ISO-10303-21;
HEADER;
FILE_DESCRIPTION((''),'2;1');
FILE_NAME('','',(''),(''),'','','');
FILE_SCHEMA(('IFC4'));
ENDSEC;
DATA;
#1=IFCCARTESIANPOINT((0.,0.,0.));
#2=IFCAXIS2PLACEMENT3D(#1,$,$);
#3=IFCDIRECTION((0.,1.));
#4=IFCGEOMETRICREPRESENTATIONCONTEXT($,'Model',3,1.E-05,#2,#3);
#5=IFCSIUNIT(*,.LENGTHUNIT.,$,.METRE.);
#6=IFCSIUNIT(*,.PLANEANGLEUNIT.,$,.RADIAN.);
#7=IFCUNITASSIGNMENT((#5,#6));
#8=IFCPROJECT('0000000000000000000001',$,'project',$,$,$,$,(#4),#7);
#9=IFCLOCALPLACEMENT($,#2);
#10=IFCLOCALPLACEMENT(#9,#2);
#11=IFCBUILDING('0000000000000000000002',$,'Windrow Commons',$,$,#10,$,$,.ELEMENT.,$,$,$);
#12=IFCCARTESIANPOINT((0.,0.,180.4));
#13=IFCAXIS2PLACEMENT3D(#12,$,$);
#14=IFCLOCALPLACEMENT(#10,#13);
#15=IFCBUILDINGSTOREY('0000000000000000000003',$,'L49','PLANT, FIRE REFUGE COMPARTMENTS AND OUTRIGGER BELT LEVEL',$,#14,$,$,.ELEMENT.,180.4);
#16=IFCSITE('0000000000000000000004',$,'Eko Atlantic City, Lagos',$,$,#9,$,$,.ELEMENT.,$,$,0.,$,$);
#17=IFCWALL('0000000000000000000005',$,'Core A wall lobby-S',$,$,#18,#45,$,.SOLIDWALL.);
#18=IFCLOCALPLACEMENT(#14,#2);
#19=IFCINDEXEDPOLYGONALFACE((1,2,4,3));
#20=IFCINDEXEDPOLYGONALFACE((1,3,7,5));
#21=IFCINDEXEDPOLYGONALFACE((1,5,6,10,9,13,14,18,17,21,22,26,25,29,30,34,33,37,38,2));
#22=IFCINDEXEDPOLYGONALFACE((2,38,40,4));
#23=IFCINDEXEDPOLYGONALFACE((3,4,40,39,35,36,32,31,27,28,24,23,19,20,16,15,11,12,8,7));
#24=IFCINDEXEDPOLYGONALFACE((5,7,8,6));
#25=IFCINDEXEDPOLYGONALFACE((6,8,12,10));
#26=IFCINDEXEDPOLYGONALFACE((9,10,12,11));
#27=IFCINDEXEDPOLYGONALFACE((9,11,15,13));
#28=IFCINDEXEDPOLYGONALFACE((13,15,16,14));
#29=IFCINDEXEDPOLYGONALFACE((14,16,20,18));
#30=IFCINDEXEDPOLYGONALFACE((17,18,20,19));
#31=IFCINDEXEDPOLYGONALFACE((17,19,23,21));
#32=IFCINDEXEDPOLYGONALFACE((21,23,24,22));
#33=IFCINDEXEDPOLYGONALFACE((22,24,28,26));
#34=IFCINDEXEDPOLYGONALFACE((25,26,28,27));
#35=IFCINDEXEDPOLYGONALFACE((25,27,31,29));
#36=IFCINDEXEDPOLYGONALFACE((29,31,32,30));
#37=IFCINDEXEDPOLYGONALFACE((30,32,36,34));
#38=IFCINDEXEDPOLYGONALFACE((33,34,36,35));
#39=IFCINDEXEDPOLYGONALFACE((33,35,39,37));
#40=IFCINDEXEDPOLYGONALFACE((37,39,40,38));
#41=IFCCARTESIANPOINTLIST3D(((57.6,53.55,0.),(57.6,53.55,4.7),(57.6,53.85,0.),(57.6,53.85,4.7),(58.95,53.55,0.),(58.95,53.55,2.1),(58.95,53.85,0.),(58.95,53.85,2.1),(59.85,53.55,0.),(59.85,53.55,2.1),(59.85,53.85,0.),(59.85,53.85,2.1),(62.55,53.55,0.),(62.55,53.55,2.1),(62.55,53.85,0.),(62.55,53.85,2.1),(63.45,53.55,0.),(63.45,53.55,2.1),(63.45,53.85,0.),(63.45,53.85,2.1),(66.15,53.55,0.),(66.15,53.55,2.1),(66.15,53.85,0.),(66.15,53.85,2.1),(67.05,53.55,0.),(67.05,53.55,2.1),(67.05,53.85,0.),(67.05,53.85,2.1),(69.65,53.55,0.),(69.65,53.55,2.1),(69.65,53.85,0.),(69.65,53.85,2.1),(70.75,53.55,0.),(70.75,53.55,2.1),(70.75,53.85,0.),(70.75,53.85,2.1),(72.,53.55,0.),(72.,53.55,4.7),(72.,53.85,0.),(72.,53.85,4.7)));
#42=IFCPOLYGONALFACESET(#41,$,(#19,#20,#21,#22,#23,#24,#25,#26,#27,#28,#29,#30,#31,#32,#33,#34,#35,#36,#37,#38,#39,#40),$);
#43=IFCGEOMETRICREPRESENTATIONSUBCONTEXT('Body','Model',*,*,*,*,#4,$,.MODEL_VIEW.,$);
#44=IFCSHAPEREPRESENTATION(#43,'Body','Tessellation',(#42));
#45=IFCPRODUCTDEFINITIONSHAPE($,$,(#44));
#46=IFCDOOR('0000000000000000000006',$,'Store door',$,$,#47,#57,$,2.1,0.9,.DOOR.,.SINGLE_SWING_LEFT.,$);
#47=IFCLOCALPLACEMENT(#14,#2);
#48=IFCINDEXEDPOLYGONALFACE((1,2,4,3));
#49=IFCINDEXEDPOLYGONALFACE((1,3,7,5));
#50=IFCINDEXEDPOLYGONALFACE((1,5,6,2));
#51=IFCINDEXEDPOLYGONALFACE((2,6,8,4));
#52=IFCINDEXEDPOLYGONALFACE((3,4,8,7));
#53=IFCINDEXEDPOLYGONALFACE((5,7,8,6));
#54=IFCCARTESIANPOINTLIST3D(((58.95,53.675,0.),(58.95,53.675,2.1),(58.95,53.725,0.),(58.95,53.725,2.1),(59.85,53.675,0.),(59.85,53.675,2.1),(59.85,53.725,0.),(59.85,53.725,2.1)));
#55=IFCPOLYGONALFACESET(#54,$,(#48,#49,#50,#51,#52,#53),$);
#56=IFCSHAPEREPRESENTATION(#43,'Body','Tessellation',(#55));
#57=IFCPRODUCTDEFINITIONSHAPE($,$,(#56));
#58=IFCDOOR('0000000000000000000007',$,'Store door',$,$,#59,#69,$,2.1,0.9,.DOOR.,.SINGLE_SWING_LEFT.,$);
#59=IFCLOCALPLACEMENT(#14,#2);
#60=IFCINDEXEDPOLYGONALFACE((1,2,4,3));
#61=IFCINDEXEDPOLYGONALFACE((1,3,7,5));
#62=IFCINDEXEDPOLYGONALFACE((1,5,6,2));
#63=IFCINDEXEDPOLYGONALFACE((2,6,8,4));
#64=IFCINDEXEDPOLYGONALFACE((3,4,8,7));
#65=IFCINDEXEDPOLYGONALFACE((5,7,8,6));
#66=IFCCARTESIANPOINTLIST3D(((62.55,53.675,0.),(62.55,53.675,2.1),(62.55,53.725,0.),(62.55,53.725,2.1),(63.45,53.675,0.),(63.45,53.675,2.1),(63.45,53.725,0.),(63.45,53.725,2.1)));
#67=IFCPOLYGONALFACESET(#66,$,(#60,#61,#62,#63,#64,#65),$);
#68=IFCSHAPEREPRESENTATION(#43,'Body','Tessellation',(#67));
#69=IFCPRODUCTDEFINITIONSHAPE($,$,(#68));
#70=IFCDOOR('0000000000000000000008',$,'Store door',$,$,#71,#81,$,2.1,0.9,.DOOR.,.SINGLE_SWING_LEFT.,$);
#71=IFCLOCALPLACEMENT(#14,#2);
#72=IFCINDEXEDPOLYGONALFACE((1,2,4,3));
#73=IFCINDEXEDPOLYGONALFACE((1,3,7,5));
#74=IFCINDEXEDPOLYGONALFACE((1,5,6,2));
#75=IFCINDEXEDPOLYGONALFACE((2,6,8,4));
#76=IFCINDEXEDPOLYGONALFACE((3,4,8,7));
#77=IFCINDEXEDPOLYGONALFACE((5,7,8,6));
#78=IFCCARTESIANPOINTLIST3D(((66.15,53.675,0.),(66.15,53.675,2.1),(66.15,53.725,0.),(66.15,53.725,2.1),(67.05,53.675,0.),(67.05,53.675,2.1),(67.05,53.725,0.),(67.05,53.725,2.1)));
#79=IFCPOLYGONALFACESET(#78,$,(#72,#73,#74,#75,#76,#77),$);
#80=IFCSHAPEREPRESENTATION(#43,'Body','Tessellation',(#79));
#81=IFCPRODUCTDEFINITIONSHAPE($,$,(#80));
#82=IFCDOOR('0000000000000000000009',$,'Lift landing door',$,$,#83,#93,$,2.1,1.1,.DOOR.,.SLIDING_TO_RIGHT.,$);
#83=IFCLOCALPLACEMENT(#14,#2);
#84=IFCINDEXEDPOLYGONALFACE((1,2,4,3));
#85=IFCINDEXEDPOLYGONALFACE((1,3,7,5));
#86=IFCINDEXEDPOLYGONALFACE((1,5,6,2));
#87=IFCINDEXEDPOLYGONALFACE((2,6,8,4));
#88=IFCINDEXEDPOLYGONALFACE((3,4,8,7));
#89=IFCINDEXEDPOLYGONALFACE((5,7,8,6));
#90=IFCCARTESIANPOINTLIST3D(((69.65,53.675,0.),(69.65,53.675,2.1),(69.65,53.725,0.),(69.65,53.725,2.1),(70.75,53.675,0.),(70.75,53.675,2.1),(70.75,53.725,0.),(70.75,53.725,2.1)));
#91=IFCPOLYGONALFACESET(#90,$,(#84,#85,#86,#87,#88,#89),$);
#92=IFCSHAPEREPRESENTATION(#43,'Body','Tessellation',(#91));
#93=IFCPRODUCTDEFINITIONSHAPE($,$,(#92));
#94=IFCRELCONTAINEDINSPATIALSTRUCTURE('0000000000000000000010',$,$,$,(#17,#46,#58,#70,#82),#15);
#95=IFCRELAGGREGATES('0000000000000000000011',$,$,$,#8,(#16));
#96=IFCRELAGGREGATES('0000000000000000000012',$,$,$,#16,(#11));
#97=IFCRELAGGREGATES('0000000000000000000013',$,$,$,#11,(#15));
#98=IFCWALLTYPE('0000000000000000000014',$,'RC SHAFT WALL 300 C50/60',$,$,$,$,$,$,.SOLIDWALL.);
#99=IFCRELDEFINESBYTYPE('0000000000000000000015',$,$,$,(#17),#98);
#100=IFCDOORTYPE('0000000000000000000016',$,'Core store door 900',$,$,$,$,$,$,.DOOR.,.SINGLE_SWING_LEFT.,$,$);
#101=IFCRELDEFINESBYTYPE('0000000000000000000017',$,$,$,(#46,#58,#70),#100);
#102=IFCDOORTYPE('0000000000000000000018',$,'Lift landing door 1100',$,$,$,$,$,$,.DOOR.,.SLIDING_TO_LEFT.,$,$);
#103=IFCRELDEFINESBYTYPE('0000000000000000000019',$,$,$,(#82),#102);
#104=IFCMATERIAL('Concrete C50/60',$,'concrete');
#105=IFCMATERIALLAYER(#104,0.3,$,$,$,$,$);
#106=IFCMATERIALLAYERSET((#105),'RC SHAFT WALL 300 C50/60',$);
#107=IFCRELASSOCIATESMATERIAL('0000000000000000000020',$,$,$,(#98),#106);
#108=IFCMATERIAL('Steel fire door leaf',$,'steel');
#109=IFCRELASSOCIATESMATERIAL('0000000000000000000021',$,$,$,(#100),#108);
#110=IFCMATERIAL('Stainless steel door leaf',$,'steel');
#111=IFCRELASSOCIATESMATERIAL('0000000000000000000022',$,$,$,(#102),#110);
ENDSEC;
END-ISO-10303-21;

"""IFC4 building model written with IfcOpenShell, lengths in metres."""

from ifc_helpers import new_model, si_unit, direction, frame, frame_2d, origin, place, context, subcontext, project, spatial, rectangle, extrude, material, layer, layer_set, type_object, element, fill, save


model = new_model("IFC4")

# Units and contexts
model_context = context("Model", 3, precision=1e-05, world=origin(), true_north=direction((0.0, 1.0)))
body_context = subcontext(model_context, "Body", "Model", "MODEL_VIEW")
ifc_project = project(units=[si_unit("LENGTHUNIT", "METRE"), si_unit("PLANEANGLEUNIT", "RADIAN")], contexts=[model_context])

# Site, building, storey
site_placement = place(None, origin())
site = spatial("IfcSite", under=ifc_project, at=site_placement, Name="Eko Atlantic City, Lagos", CompositionType="ELEMENT", RefElevation=0.0)
building_placement = place(site_placement, origin())
building = spatial("IfcBuilding", under=site, at=building_placement, Name="Windrow Commons", CompositionType="ELEMENT")
storey_placement = place(building_placement, frame((0.0, 0.0, 180.4)))
storey = spatial("IfcBuildingStorey", under=building, at=storey_placement, Name="L49", Description="PLANT, FIRE REFUGE COMPARTMENTS AND OUTRIGGER BELT LEVEL", CompositionType="ELEMENT", Elevation=180.4)

# Shared definitions
ifc_material_1 = material(Name="Concrete C50/60", Category="concrete")
ifc_layer_1 = layer(ifc_material_1, 0.3)
ifc_layer_set_1 = layer_set([ifc_layer_1], Name="RC SHAFT WALL 300 C50/60")
wall_type_1 = type_object("IfcWallType", Name="RC SHAFT WALL 300 C50/60", PredefinedType="SOLIDWALL", material=ifc_layer_set_1)

# Wall, openings, doors
wall_1_placement = place(storey_placement, frame((57.6, 53.7, 0.0), z_axis=(0.0, 0.0, 1.0), x_axis=(1.0, 0.0, 0.0)))
wall_1 = element("IfcWall", 1, at=wall_1_placement, inside=storey, type_object=wall_type_1, Name="Core A wall lobby-S", PredefinedType="SOLIDWALL", context=body_context, shape_type="SweptSolid", body=[
    extrude(rectangle(XDim=14.4, YDim=0.3, at=frame_2d((7.2, 0.0))), origin(), (0.0, 0.0, 1.0), 4.7),
])
opening_1_placement = place(wall_1_placement, frame((1.35, 0.0, 0.0)))
opening_1 = element("IfcOpeningElement", 2, at=opening_1_placement, cuts=wall_1, PredefinedType="OPENING", context=body_context, shape_type="SweptSolid", body=[
    extrude(rectangle(XDim=0.9, YDim=2.1, at=frame_2d((0.45, 1.05))), frame((0.0, 0.16, 0.0), z_axis=(0.0, -1.0, 0.0), x_axis=(1.0, 0.0, 0.0)), (0.0, 0.0, 1.0), 0.32),
])
opening_2_placement = place(wall_1_placement, frame((4.95, 0.0, 0.0)))
opening_2 = element("IfcOpeningElement", 3, at=opening_2_placement, cuts=wall_1, PredefinedType="OPENING", context=body_context, shape_type="SweptSolid", body=[
    extrude(rectangle(XDim=0.9, YDim=2.1, at=frame_2d((0.45, 1.05))), frame((0.0, 0.16, 0.0), z_axis=(0.0, -1.0, 0.0), x_axis=(1.0, 0.0, 0.0)), (0.0, 0.0, 1.0), 0.32),
])
opening_3_placement = place(wall_1_placement, frame((8.55, 0.0, 0.0)))
opening_3 = element("IfcOpeningElement", 4, at=opening_3_placement, cuts=wall_1, PredefinedType="OPENING", context=body_context, shape_type="SweptSolid", body=[
    extrude(rectangle(XDim=0.9, YDim=2.1, at=frame_2d((0.45, 1.05))), frame((0.0, 0.16, 0.0), z_axis=(0.0, -1.0, 0.0), x_axis=(1.0, 0.0, 0.0)), (0.0, 0.0, 1.0), 0.32),
])
opening_4_placement = place(wall_1_placement, frame((12.05, 0.0, 0.0)))
opening_4 = element("IfcOpeningElement", 5, at=opening_4_placement, cuts=wall_1, PredefinedType="OPENING", context=body_context, shape_type="SweptSolid", body=[
    extrude(rectangle(XDim=1.1, YDim=2.1, at=frame_2d((0.55, 1.05))), frame((0.0, 0.16, 0.0), z_axis=(0.0, -1.0, 0.0), x_axis=(1.0, 0.0, 0.0)), (0.0, 0.0, 1.0), 0.32),
])
ifc_material_2 = material(Name="Steel fire door leaf", Category="steel")
door_type_1 = type_object("IfcDoorType", Name="Core store door 900", OperationType="SINGLE_SWING_LEFT", PredefinedType="DOOR", material=ifc_material_2)
door_1_placement = place(opening_1_placement, origin())
door_1 = element("IfcDoor", 6, at=door_1_placement, inside=storey, type_object=door_type_1, Name="Store door", OperationType="SINGLE_SWING_LEFT", OverallHeight=2.1, OverallWidth=0.9, PredefinedType="DOOR", context=body_context, shape_type="SweptSolid", body=[
    extrude(rectangle(XDim=0.9, YDim=2.1, at=frame_2d((0.45, 1.05))), frame((0.0, 0.025, 0.0), z_axis=(0.0, -1.0, 0.0), x_axis=(1.0, 0.0, 0.0)), (0.0, 0.0, 1.0), 0.05),
])
fill(opening_1, door_1)
door_2_placement = place(opening_2_placement, origin())
door_2 = element("IfcDoor", 7, at=door_2_placement, inside=storey, type_object=door_type_1, Name="Store door", OperationType="SINGLE_SWING_LEFT", OverallHeight=2.1, OverallWidth=0.9, PredefinedType="DOOR", context=body_context, shape_type="SweptSolid", body=[
    extrude(rectangle(XDim=0.9, YDim=2.1, at=frame_2d((0.45, 1.05))), frame((0.0, 0.025, 0.0), z_axis=(0.0, -1.0, 0.0), x_axis=(1.0, 0.0, 0.0)), (0.0, 0.0, 1.0), 0.05),
])
fill(opening_2, door_2)
door_3_placement = place(opening_3_placement, origin())
door_3 = element("IfcDoor", 8, at=door_3_placement, inside=storey, type_object=door_type_1, Name="Store door", OperationType="SINGLE_SWING_LEFT", OverallHeight=2.1, OverallWidth=0.9, PredefinedType="DOOR", context=body_context, shape_type="SweptSolid", body=[
    extrude(rectangle(XDim=0.9, YDim=2.1, at=frame_2d((0.45, 1.05))), frame((0.0, 0.025, 0.0), z_axis=(0.0, -1.0, 0.0), x_axis=(1.0, 0.0, 0.0)), (0.0, 0.0, 1.0), 0.05),
])
fill(opening_3, door_3)
ifc_material_3 = material(Name="Stainless steel door leaf", Category="steel")
door_type_2 = type_object("IfcDoorType", Name="Lift landing door 1100", OperationType="SLIDING_TO_LEFT", PredefinedType="DOOR", material=ifc_material_3)
door_4_placement = place(opening_4_placement, origin())
door_4 = element("IfcDoor", 9, at=door_4_placement, inside=storey, type_object=door_type_2, Name="Lift landing door", OperationType="SLIDING_TO_RIGHT", OverallHeight=2.1, OverallWidth=1.1, PredefinedType="DOOR", context=body_context, shape_type="SweptSolid", body=[
    extrude(rectangle(XDim=1.1, YDim=2.1, at=frame_2d((0.55, 1.05))), frame((0.0, 0.025, 0.0), z_axis=(0.0, -1.0, 0.0), x_axis=(1.0, 0.0, 0.0)), (0.0, 0.0, 1.0), 0.05),
])
fill(opening_4, door_4)

save(model, "model.ifc")
